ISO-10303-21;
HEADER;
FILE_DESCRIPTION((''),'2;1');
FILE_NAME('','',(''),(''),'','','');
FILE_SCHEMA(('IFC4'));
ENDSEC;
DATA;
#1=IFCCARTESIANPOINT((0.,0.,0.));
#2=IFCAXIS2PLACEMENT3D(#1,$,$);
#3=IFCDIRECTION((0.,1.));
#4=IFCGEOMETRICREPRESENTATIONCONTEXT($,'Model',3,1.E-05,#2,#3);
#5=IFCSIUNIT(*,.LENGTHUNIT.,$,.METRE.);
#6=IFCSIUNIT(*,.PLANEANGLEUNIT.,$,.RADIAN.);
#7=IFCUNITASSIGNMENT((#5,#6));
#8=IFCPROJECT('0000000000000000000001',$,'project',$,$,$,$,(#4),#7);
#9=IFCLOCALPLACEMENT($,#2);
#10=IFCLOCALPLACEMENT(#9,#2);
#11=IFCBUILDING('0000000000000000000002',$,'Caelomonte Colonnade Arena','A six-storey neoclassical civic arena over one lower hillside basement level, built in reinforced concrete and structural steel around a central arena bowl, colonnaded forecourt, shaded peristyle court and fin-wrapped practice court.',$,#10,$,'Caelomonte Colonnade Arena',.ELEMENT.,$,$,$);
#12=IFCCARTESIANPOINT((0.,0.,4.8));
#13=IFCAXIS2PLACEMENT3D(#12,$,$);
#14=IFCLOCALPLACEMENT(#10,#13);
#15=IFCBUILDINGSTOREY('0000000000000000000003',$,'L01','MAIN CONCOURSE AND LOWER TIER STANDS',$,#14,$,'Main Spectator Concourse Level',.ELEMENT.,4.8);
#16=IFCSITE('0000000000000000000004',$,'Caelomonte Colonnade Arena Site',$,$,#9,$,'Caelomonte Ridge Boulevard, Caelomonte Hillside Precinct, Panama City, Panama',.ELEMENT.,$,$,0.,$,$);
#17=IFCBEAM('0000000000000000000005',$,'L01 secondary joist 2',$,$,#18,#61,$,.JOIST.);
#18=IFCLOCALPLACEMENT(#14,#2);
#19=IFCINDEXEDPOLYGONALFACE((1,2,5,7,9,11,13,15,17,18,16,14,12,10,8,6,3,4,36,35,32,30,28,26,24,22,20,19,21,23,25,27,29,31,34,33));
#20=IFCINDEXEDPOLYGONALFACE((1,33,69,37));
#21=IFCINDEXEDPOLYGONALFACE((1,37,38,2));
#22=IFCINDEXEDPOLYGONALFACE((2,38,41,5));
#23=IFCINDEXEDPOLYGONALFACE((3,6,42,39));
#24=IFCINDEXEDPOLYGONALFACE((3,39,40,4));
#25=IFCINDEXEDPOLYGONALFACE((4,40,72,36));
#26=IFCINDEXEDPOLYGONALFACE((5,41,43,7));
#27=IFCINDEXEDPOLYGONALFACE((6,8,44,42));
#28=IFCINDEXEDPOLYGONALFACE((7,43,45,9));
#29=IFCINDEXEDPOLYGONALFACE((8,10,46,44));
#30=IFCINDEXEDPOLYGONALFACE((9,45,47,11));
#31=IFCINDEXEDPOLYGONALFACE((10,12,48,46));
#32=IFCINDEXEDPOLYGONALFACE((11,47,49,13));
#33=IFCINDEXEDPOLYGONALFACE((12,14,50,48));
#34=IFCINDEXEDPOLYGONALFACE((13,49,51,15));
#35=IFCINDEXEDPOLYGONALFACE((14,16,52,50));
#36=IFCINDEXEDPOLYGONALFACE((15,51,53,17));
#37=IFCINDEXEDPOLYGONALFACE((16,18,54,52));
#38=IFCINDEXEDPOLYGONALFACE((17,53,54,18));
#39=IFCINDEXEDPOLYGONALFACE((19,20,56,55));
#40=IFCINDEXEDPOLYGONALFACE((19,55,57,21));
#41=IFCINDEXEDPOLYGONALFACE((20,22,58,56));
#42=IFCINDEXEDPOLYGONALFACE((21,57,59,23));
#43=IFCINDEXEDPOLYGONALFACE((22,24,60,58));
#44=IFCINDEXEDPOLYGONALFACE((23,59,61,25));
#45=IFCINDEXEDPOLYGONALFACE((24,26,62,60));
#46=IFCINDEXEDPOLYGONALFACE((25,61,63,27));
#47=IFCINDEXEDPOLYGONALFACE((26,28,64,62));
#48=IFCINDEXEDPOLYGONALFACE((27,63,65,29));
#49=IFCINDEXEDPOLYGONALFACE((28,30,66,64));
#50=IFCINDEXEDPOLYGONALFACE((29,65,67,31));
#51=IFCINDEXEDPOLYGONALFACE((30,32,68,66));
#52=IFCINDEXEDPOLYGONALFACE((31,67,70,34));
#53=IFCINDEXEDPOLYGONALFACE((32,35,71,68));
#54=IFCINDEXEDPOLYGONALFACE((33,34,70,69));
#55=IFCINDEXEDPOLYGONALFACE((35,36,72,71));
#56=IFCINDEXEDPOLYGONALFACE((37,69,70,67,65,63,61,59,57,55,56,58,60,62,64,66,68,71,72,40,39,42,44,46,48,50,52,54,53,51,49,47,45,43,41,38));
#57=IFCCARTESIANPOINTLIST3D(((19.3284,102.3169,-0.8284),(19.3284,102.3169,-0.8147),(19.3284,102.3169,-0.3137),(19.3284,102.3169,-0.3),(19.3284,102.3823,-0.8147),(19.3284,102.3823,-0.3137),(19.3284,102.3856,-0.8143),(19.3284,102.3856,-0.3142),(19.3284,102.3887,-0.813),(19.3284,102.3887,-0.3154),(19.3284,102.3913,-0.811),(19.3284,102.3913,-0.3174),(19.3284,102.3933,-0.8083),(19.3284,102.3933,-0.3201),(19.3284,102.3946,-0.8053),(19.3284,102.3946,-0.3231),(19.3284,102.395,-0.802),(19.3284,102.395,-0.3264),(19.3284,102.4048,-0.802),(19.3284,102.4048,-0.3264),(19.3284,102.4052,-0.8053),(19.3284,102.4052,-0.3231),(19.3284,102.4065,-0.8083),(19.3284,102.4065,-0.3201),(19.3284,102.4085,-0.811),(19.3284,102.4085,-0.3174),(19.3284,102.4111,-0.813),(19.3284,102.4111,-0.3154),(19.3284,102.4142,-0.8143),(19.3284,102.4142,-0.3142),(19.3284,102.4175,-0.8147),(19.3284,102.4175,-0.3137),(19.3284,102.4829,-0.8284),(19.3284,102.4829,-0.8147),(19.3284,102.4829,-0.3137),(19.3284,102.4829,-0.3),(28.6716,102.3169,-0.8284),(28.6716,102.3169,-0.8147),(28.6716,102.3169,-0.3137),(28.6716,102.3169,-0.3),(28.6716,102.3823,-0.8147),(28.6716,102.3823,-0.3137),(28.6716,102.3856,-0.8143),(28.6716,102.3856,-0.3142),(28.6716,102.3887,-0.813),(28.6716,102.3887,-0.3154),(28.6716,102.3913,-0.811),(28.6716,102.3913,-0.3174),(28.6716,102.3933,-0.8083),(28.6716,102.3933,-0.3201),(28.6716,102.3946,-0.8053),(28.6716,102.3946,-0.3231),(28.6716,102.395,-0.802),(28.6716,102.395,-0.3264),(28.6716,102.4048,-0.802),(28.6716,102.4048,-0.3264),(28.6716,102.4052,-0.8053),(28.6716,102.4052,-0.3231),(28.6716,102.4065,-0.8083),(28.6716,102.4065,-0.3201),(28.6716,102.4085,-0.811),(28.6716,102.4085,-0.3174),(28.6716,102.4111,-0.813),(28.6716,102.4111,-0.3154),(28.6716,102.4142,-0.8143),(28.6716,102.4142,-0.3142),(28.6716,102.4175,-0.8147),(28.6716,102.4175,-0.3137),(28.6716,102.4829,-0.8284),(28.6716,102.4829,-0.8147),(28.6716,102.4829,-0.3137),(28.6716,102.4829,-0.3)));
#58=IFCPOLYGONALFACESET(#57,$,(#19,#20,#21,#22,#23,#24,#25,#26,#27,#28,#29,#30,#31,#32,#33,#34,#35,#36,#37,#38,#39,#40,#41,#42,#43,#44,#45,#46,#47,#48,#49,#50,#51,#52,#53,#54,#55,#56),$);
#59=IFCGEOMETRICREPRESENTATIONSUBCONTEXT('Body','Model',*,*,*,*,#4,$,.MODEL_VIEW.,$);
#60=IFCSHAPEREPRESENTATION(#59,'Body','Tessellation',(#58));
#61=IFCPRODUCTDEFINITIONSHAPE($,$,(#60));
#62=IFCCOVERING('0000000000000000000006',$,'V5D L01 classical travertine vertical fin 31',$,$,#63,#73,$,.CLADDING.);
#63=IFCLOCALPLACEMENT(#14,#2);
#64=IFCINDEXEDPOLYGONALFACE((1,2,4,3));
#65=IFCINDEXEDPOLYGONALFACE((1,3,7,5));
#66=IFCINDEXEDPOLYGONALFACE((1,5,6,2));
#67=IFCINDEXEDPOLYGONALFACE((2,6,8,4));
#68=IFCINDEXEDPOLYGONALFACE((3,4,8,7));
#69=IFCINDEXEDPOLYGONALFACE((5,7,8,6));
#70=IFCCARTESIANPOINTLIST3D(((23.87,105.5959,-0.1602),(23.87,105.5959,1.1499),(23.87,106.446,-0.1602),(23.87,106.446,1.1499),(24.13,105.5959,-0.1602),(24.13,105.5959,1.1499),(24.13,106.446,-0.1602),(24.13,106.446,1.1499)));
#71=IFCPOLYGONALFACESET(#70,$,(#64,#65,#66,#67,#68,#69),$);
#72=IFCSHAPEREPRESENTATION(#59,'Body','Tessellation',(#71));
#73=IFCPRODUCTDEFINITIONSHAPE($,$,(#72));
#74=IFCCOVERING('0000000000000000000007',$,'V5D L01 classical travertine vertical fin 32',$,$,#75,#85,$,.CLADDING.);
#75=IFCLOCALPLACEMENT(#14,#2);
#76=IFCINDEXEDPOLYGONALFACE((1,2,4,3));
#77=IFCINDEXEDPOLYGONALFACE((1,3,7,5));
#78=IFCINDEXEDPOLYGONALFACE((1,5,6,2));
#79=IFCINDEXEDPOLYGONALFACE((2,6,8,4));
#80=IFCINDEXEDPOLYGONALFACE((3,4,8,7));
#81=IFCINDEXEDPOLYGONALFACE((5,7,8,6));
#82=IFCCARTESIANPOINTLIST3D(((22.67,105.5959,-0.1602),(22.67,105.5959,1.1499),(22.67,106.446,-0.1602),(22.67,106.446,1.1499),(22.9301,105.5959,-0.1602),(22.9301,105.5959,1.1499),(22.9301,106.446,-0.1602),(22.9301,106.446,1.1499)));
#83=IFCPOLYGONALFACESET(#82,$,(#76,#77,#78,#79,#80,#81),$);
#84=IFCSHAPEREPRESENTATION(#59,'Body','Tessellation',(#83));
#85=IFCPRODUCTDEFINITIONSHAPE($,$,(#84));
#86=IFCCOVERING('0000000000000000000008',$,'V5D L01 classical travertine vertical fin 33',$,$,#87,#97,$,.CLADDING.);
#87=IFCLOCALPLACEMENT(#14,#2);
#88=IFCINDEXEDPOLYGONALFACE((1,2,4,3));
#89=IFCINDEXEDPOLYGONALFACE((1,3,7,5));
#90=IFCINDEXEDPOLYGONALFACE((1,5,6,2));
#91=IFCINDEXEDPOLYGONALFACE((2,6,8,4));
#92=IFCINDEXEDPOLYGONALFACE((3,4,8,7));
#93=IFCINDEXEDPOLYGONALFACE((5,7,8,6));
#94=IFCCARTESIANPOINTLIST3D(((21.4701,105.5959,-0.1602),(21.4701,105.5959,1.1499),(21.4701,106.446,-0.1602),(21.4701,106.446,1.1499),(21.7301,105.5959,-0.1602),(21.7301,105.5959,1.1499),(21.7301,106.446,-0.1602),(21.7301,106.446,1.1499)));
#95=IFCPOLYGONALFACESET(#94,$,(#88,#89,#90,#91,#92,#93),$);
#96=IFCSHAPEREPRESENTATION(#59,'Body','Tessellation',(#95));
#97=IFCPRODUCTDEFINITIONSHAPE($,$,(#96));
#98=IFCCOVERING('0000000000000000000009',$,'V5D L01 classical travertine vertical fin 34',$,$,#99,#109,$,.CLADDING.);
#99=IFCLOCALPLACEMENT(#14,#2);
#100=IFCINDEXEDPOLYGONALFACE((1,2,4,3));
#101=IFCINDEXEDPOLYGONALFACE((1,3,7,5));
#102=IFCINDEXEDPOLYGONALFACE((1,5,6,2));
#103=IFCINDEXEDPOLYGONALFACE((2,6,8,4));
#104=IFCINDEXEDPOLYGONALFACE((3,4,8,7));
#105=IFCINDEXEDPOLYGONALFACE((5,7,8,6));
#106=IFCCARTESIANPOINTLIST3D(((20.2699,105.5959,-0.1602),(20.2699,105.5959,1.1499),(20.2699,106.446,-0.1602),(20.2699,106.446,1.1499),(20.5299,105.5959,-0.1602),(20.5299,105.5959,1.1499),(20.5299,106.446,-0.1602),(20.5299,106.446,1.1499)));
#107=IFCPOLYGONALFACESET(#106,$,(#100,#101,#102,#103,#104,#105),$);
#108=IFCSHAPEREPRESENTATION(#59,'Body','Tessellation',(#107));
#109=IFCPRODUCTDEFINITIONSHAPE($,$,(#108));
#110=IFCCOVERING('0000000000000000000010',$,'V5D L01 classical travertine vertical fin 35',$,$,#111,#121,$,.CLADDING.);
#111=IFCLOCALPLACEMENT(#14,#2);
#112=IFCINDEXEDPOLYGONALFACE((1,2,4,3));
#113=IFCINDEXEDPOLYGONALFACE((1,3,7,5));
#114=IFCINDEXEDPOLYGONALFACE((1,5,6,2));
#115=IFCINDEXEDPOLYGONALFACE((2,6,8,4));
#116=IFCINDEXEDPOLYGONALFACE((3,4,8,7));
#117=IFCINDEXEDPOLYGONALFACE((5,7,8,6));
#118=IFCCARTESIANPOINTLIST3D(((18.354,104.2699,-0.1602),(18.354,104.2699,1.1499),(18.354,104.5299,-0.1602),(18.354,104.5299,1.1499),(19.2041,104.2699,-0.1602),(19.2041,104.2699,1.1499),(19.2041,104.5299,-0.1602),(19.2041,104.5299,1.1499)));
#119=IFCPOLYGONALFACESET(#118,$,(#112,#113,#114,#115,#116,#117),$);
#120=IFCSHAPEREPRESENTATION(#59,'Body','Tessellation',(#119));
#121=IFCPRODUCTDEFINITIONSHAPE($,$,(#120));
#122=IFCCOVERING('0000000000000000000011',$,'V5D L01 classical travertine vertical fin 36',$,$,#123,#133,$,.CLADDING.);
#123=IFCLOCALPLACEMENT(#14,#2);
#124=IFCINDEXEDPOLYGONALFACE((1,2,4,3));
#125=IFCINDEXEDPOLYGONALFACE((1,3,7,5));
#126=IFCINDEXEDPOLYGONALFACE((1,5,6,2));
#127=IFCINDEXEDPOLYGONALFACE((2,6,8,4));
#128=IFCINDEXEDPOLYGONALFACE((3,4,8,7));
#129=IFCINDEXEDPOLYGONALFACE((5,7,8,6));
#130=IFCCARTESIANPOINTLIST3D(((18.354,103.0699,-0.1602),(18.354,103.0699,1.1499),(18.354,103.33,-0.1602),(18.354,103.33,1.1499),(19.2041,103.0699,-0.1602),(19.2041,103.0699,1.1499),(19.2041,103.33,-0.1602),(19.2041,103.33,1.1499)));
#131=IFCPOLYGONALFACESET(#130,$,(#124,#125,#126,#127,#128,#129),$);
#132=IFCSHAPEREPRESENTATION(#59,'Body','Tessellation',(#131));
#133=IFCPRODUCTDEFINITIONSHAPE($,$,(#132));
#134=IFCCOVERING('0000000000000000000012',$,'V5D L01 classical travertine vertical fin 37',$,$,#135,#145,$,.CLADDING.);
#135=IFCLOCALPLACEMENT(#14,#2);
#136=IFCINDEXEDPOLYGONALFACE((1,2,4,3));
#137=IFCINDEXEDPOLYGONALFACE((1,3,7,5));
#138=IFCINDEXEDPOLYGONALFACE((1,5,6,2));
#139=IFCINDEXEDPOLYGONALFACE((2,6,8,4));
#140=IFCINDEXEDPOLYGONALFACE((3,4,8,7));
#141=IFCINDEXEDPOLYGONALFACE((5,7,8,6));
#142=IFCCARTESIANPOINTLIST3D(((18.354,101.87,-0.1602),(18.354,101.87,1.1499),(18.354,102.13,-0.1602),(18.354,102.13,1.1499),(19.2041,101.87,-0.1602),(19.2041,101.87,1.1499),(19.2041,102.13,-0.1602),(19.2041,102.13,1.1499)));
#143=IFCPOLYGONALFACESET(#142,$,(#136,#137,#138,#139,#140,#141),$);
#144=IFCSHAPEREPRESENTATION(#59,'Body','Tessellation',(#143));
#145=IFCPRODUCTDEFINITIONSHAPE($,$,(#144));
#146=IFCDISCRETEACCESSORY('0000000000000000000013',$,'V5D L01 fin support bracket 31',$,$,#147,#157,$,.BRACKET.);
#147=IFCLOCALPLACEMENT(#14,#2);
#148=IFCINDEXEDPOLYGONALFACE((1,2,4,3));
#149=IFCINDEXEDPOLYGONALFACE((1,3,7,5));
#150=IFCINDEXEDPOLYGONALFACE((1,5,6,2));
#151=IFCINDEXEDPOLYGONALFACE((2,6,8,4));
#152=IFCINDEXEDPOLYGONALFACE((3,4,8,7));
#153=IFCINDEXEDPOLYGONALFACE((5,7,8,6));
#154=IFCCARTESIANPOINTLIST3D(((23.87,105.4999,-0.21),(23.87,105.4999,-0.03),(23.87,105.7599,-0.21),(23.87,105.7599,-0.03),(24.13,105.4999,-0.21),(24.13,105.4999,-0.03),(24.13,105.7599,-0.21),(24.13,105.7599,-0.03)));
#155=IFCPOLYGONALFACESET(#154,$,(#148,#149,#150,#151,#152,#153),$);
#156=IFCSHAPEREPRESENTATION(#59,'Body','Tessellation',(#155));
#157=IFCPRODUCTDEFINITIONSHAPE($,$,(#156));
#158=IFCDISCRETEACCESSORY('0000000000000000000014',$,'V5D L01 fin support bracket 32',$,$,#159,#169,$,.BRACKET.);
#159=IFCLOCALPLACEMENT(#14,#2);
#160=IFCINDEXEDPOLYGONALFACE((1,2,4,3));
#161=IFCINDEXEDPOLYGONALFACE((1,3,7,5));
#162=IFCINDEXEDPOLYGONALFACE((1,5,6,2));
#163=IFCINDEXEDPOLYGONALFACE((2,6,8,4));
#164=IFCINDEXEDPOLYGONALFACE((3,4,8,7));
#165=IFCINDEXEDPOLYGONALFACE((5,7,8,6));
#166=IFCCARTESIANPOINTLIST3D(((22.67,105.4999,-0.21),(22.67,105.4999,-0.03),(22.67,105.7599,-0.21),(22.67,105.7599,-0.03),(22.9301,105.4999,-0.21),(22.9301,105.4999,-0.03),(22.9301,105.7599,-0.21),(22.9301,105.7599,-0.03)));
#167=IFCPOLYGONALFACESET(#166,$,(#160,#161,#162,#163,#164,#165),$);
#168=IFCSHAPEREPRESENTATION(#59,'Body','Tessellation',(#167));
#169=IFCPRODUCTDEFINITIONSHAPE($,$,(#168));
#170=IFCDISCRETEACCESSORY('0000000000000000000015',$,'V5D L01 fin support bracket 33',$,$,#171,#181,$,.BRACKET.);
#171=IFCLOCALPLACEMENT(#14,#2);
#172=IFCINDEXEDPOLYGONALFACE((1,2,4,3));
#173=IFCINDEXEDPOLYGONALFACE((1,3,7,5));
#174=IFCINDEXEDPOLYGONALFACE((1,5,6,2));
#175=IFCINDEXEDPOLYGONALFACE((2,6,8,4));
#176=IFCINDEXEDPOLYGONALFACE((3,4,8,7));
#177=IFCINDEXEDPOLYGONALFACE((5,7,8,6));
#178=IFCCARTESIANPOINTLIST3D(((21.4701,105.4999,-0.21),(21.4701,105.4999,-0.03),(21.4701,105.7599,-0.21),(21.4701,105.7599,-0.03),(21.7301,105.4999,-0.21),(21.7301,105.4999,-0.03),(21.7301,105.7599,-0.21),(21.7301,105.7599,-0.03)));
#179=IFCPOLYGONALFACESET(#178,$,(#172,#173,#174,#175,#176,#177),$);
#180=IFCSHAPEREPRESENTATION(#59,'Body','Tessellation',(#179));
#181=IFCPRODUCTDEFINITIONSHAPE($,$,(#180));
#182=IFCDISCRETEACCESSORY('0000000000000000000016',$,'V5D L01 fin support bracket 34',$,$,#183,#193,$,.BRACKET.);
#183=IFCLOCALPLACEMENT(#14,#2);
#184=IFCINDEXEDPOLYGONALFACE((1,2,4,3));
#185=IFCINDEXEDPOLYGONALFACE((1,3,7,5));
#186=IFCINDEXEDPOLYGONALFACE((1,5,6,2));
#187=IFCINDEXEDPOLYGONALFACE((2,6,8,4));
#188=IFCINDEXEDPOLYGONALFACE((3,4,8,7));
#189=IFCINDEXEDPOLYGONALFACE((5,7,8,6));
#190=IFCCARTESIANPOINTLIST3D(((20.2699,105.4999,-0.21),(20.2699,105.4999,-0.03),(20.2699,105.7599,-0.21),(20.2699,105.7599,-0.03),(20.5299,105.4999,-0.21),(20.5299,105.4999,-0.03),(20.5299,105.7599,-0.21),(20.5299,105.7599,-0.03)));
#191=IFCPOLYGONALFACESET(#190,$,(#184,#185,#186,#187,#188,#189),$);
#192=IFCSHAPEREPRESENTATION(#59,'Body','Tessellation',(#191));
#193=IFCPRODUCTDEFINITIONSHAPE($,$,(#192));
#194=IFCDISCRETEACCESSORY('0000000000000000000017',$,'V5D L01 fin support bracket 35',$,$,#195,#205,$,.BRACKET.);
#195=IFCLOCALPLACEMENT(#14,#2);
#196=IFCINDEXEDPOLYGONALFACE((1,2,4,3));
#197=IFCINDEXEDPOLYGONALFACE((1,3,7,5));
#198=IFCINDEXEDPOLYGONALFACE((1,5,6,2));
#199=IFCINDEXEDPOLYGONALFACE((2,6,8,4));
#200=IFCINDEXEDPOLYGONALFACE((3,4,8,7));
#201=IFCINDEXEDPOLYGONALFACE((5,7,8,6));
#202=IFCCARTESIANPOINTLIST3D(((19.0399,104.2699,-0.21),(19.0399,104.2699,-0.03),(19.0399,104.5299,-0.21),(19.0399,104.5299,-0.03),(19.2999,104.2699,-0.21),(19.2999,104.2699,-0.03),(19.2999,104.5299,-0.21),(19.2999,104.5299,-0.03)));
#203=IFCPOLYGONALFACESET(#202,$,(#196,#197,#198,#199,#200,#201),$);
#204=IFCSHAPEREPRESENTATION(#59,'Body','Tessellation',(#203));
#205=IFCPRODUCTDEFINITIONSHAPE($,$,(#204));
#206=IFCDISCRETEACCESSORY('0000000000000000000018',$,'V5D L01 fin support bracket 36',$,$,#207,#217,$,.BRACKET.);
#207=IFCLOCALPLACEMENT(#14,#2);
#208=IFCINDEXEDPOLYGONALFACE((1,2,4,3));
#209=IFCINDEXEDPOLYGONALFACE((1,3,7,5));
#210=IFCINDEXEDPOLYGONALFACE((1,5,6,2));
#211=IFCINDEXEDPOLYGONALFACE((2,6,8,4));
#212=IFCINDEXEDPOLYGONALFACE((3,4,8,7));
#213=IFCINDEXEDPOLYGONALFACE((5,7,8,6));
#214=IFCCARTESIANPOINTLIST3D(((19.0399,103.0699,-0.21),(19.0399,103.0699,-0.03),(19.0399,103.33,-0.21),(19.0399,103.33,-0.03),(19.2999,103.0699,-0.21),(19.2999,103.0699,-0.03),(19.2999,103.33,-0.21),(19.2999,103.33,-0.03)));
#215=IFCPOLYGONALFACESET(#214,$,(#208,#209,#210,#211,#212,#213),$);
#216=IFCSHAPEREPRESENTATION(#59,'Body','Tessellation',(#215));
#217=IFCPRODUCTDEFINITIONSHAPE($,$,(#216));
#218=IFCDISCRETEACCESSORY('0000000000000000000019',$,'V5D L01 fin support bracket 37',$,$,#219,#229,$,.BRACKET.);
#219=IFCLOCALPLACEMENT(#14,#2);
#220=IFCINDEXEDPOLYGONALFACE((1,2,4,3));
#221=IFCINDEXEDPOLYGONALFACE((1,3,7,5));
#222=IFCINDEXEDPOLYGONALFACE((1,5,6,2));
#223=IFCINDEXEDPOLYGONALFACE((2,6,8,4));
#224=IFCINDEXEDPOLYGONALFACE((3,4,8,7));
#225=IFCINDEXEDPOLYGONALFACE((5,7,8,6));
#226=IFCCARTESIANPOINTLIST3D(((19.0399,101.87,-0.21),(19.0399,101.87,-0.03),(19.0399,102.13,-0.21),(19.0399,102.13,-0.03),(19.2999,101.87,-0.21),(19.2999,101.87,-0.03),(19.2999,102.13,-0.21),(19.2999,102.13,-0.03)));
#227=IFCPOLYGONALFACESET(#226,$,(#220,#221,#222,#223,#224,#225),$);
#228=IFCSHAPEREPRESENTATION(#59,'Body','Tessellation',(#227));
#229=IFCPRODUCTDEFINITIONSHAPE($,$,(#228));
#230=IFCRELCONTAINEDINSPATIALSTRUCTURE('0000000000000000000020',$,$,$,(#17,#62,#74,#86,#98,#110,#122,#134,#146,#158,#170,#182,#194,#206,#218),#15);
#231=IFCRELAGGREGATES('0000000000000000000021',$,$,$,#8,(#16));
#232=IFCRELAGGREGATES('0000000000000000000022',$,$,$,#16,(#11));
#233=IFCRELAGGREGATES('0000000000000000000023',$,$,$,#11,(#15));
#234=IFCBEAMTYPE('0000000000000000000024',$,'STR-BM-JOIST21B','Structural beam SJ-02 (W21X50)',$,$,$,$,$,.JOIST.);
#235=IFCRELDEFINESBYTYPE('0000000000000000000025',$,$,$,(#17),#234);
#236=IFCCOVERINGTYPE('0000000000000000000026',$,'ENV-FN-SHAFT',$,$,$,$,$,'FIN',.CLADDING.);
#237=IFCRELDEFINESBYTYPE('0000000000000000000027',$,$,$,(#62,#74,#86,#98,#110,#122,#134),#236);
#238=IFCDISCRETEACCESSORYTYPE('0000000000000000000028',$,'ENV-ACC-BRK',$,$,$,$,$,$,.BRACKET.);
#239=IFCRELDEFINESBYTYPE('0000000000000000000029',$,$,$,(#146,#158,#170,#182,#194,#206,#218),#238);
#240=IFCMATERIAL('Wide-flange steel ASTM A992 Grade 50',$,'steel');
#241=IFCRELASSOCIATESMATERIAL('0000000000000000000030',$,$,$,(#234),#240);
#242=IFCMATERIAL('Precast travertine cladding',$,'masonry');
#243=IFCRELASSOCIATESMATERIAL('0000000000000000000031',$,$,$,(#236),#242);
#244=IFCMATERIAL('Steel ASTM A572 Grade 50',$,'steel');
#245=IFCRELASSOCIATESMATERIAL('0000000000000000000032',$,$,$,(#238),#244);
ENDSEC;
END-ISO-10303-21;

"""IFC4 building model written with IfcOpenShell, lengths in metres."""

from ifc_helpers import new_model, si_unit, direction, frame, origin, origin_2d, place, context, subcontext, project, spatial, rectangle, i_section, extrude, material, material_profile, profile_set, type_object, element, save


model = new_model("IFC4")

# Units and contexts
model_context = context("Model", 3, precision=1e-05, world=origin(), true_north=direction((0.0, 1.0)))
body_context = subcontext(model_context, "Body", "Model", "MODEL_VIEW")
ifc_project = project(units=[si_unit("LENGTHUNIT", "METRE"), si_unit("PLANEANGLEUNIT", "RADIAN")], contexts=[model_context])

# Site, building, storey
site_placement = place(None, origin())
site = spatial("IfcSite", under=ifc_project, at=site_placement, Name="Caelomonte Colonnade Arena Site", LongName="Caelomonte Ridge Boulevard, Caelomonte Hillside Precinct, Panama City, Panama", CompositionType="ELEMENT", RefElevation=0.0)
building_placement = place(site_placement, origin())
building = spatial("IfcBuilding", under=site, at=building_placement, Name="Caelomonte Colonnade Arena", Description="A six-storey neoclassical civic arena over one lower hillside basement level, built in reinforced concrete and structural steel around a central arena bowl, colonnaded forecourt, shaded peristyle court and fin-wrapped practice court.", LongName="Caelomonte Colonnade Arena", CompositionType="ELEMENT")
storey_placement = place(building_placement, frame((0.0, 0.0, 4.8)))
storey = spatial("IfcBuildingStorey", under=building, at=storey_placement, Name="L01", Description="MAIN CONCOURSE AND LOWER TIER STANDS", LongName="Main Spectator Concourse Level", CompositionType="ELEMENT", Elevation=4.8)

# Beam
ifc_material_1 = material(Name="Wide-flange steel ASTM A992 Grade 50", Category="steel")
ifc_material_profile_1 = material_profile(ifc_material_1, i_section(OverallWidth=0.166, OverallDepth=0.5283, WebThickness=0.0098, FlangeThickness=0.0137, FilletRadius=0.0127, at=origin_2d()), Name="W21X50")
ifc_profile_set_1 = profile_set([ifc_material_profile_1], Name="Wide-flange steel ASTM A992 Grade 50")
beam_type_1 = type_object("IfcBeamType", Name="STR-BM-JOIST21B", Description="Structural beam SJ-02 (W21X50)", PredefinedType="JOIST", material=ifc_profile_set_1)
for number, where, z_axis, x_axis, name in (
    (1, (19.3284, 102.3999, -0.5642), (1.0, 0.0, 0.0), (0.0, 1.0, 0.0), "L01 secondary joist 2"),
):
    element("IfcBeam", number, at=place(storey_placement, frame(where, z_axis=z_axis, x_axis=x_axis)), inside=storey, type_object=beam_type_1, Name=name, PredefinedType="JOIST", context=body_context, shape_type="SweptSolid", body=[
        extrude(i_section(OverallWidth=0.166, OverallDepth=0.5283, WebThickness=0.0098, FlangeThickness=0.0137, FilletRadius=0.0127, at=origin_2d()), origin(), (0.0, 0.0, 1.0), 9.3433),
    ])

# Coverings
ifc_material_2 = material(Name="Precast travertine cladding", Category="masonry")
ifc_material_profile_2 = material_profile(ifc_material_2, rectangle(XDim=0.26, YDim=0.8501, at=origin_2d()), Name="FIN260X850")
ifc_profile_set_2 = profile_set([ifc_material_profile_2], Name="Precast travertine cladding")
covering_type = type_object("IfcCoveringType", Name="ENV-FN-SHAFT", ElementType="FIN", PredefinedType="CLADDING", material=ifc_profile_set_2)
for number, where, z_axis, x_axis, name in (
    (2, (24.0, 106.021, -0.1602), (0.0, 0.0, 1.0), (1.0, 0.0, 0.0), "V5D L01 classical travertine vertical fin 31"),
    (3, (22.8, 106.021, -0.1602), (0.0, 0.0, 1.0), (1.0, 0.0, 0.0), "V5D L01 classical travertine vertical fin 32"),
    (4, (21.6001, 106.021, -0.1602), (0.0, 0.0, 1.0), (1.0, 0.0, 0.0), "V5D L01 classical travertine vertical fin 33"),
    (5, (20.3999, 106.021, -0.1602), (0.0, 0.0, 1.0), (1.0, 0.0, 0.0), "V5D L01 classical travertine vertical fin 34"),
    (6, (18.7791, 104.3999, -0.1602), (0.0, 0.0, 1.0), (0.0, 1.0, 0.0), "V5D L01 classical travertine vertical fin 35"),
    (7, (18.7791, 103.2, -0.1602), (0.0, 0.0, 1.0), (0.0, 1.0, 0.0), "V5D L01 classical travertine vertical fin 36"),
    (8, (18.7791, 102.0, -0.1602), (0.0, 0.0, 1.0), (0.0, 1.0, 0.0), "V5D L01 classical travertine vertical fin 37"),
):
    element("IfcCovering", number, at=place(storey_placement, frame(where, z_axis=z_axis, x_axis=x_axis)), inside=storey, type_object=covering_type, Name=name, PredefinedType="CLADDING", context=body_context, shape_type="SweptSolid", body=[
        extrude(rectangle(XDim=0.26, YDim=0.8501, at=origin_2d()), origin(), (0.0, 0.0, 1.0), 1.3101),
    ])

# Discrete accessories
ifc_material_3 = material(Name="Steel ASTM A572 Grade 50", Category="steel")
discrete_accessory_type = type_object("IfcDiscreteAccessoryType", Name="ENV-ACC-BRK", PredefinedType="BRACKET", material=ifc_material_3)
for number, where, z_axis, x_axis, name in (
    (9, (24.0, 105.6299, -0.21), (0.0, 0.0, 1.0), (-1.0, 0.0, 0.0), "V5D L01 fin support bracket 31"),
    (10, (22.8, 105.6299, -0.21), (0.0, 0.0, 1.0), (-1.0, 0.0, 0.0), "V5D L01 fin support bracket 32"),
    (11, (21.6001, 105.6299, -0.21), (0.0, 0.0, 1.0), (-1.0, 0.0, 0.0), "V5D L01 fin support bracket 33"),
    (12, (20.3999, 105.6299, -0.21), (0.0, 0.0, 1.0), (-1.0, 0.0, 0.0), "V5D L01 fin support bracket 34"),
    (13, (19.1699, 104.3999, -0.21), (0.0, 0.0, 1.0), (0.0, -1.0, 0.0), "V5D L01 fin support bracket 35"),
    (14, (19.1699, 103.2, -0.21), (0.0, 0.0, 1.0), (0.0, -1.0, 0.0), "V5D L01 fin support bracket 36"),
    (15, (19.1699, 102.0, -0.21), (0.0, 0.0, 1.0), (0.0, -1.0, 0.0), "V5D L01 fin support bracket 37"),
):
    element("IfcDiscreteAccessory", number, at=place(storey_placement, frame(where, z_axis=z_axis, x_axis=x_axis)), inside=storey, type_object=discrete_accessory_type, Name=name, PredefinedType="BRACKET", context=body_context, shape_type="SweptSolid", body=[
        extrude(rectangle(XDim=0.26, YDim=0.26, at=origin_2d()), origin(), (0.0, 0.0, 1.0), 0.1799),
    ])

save(model, "model.ifc")
